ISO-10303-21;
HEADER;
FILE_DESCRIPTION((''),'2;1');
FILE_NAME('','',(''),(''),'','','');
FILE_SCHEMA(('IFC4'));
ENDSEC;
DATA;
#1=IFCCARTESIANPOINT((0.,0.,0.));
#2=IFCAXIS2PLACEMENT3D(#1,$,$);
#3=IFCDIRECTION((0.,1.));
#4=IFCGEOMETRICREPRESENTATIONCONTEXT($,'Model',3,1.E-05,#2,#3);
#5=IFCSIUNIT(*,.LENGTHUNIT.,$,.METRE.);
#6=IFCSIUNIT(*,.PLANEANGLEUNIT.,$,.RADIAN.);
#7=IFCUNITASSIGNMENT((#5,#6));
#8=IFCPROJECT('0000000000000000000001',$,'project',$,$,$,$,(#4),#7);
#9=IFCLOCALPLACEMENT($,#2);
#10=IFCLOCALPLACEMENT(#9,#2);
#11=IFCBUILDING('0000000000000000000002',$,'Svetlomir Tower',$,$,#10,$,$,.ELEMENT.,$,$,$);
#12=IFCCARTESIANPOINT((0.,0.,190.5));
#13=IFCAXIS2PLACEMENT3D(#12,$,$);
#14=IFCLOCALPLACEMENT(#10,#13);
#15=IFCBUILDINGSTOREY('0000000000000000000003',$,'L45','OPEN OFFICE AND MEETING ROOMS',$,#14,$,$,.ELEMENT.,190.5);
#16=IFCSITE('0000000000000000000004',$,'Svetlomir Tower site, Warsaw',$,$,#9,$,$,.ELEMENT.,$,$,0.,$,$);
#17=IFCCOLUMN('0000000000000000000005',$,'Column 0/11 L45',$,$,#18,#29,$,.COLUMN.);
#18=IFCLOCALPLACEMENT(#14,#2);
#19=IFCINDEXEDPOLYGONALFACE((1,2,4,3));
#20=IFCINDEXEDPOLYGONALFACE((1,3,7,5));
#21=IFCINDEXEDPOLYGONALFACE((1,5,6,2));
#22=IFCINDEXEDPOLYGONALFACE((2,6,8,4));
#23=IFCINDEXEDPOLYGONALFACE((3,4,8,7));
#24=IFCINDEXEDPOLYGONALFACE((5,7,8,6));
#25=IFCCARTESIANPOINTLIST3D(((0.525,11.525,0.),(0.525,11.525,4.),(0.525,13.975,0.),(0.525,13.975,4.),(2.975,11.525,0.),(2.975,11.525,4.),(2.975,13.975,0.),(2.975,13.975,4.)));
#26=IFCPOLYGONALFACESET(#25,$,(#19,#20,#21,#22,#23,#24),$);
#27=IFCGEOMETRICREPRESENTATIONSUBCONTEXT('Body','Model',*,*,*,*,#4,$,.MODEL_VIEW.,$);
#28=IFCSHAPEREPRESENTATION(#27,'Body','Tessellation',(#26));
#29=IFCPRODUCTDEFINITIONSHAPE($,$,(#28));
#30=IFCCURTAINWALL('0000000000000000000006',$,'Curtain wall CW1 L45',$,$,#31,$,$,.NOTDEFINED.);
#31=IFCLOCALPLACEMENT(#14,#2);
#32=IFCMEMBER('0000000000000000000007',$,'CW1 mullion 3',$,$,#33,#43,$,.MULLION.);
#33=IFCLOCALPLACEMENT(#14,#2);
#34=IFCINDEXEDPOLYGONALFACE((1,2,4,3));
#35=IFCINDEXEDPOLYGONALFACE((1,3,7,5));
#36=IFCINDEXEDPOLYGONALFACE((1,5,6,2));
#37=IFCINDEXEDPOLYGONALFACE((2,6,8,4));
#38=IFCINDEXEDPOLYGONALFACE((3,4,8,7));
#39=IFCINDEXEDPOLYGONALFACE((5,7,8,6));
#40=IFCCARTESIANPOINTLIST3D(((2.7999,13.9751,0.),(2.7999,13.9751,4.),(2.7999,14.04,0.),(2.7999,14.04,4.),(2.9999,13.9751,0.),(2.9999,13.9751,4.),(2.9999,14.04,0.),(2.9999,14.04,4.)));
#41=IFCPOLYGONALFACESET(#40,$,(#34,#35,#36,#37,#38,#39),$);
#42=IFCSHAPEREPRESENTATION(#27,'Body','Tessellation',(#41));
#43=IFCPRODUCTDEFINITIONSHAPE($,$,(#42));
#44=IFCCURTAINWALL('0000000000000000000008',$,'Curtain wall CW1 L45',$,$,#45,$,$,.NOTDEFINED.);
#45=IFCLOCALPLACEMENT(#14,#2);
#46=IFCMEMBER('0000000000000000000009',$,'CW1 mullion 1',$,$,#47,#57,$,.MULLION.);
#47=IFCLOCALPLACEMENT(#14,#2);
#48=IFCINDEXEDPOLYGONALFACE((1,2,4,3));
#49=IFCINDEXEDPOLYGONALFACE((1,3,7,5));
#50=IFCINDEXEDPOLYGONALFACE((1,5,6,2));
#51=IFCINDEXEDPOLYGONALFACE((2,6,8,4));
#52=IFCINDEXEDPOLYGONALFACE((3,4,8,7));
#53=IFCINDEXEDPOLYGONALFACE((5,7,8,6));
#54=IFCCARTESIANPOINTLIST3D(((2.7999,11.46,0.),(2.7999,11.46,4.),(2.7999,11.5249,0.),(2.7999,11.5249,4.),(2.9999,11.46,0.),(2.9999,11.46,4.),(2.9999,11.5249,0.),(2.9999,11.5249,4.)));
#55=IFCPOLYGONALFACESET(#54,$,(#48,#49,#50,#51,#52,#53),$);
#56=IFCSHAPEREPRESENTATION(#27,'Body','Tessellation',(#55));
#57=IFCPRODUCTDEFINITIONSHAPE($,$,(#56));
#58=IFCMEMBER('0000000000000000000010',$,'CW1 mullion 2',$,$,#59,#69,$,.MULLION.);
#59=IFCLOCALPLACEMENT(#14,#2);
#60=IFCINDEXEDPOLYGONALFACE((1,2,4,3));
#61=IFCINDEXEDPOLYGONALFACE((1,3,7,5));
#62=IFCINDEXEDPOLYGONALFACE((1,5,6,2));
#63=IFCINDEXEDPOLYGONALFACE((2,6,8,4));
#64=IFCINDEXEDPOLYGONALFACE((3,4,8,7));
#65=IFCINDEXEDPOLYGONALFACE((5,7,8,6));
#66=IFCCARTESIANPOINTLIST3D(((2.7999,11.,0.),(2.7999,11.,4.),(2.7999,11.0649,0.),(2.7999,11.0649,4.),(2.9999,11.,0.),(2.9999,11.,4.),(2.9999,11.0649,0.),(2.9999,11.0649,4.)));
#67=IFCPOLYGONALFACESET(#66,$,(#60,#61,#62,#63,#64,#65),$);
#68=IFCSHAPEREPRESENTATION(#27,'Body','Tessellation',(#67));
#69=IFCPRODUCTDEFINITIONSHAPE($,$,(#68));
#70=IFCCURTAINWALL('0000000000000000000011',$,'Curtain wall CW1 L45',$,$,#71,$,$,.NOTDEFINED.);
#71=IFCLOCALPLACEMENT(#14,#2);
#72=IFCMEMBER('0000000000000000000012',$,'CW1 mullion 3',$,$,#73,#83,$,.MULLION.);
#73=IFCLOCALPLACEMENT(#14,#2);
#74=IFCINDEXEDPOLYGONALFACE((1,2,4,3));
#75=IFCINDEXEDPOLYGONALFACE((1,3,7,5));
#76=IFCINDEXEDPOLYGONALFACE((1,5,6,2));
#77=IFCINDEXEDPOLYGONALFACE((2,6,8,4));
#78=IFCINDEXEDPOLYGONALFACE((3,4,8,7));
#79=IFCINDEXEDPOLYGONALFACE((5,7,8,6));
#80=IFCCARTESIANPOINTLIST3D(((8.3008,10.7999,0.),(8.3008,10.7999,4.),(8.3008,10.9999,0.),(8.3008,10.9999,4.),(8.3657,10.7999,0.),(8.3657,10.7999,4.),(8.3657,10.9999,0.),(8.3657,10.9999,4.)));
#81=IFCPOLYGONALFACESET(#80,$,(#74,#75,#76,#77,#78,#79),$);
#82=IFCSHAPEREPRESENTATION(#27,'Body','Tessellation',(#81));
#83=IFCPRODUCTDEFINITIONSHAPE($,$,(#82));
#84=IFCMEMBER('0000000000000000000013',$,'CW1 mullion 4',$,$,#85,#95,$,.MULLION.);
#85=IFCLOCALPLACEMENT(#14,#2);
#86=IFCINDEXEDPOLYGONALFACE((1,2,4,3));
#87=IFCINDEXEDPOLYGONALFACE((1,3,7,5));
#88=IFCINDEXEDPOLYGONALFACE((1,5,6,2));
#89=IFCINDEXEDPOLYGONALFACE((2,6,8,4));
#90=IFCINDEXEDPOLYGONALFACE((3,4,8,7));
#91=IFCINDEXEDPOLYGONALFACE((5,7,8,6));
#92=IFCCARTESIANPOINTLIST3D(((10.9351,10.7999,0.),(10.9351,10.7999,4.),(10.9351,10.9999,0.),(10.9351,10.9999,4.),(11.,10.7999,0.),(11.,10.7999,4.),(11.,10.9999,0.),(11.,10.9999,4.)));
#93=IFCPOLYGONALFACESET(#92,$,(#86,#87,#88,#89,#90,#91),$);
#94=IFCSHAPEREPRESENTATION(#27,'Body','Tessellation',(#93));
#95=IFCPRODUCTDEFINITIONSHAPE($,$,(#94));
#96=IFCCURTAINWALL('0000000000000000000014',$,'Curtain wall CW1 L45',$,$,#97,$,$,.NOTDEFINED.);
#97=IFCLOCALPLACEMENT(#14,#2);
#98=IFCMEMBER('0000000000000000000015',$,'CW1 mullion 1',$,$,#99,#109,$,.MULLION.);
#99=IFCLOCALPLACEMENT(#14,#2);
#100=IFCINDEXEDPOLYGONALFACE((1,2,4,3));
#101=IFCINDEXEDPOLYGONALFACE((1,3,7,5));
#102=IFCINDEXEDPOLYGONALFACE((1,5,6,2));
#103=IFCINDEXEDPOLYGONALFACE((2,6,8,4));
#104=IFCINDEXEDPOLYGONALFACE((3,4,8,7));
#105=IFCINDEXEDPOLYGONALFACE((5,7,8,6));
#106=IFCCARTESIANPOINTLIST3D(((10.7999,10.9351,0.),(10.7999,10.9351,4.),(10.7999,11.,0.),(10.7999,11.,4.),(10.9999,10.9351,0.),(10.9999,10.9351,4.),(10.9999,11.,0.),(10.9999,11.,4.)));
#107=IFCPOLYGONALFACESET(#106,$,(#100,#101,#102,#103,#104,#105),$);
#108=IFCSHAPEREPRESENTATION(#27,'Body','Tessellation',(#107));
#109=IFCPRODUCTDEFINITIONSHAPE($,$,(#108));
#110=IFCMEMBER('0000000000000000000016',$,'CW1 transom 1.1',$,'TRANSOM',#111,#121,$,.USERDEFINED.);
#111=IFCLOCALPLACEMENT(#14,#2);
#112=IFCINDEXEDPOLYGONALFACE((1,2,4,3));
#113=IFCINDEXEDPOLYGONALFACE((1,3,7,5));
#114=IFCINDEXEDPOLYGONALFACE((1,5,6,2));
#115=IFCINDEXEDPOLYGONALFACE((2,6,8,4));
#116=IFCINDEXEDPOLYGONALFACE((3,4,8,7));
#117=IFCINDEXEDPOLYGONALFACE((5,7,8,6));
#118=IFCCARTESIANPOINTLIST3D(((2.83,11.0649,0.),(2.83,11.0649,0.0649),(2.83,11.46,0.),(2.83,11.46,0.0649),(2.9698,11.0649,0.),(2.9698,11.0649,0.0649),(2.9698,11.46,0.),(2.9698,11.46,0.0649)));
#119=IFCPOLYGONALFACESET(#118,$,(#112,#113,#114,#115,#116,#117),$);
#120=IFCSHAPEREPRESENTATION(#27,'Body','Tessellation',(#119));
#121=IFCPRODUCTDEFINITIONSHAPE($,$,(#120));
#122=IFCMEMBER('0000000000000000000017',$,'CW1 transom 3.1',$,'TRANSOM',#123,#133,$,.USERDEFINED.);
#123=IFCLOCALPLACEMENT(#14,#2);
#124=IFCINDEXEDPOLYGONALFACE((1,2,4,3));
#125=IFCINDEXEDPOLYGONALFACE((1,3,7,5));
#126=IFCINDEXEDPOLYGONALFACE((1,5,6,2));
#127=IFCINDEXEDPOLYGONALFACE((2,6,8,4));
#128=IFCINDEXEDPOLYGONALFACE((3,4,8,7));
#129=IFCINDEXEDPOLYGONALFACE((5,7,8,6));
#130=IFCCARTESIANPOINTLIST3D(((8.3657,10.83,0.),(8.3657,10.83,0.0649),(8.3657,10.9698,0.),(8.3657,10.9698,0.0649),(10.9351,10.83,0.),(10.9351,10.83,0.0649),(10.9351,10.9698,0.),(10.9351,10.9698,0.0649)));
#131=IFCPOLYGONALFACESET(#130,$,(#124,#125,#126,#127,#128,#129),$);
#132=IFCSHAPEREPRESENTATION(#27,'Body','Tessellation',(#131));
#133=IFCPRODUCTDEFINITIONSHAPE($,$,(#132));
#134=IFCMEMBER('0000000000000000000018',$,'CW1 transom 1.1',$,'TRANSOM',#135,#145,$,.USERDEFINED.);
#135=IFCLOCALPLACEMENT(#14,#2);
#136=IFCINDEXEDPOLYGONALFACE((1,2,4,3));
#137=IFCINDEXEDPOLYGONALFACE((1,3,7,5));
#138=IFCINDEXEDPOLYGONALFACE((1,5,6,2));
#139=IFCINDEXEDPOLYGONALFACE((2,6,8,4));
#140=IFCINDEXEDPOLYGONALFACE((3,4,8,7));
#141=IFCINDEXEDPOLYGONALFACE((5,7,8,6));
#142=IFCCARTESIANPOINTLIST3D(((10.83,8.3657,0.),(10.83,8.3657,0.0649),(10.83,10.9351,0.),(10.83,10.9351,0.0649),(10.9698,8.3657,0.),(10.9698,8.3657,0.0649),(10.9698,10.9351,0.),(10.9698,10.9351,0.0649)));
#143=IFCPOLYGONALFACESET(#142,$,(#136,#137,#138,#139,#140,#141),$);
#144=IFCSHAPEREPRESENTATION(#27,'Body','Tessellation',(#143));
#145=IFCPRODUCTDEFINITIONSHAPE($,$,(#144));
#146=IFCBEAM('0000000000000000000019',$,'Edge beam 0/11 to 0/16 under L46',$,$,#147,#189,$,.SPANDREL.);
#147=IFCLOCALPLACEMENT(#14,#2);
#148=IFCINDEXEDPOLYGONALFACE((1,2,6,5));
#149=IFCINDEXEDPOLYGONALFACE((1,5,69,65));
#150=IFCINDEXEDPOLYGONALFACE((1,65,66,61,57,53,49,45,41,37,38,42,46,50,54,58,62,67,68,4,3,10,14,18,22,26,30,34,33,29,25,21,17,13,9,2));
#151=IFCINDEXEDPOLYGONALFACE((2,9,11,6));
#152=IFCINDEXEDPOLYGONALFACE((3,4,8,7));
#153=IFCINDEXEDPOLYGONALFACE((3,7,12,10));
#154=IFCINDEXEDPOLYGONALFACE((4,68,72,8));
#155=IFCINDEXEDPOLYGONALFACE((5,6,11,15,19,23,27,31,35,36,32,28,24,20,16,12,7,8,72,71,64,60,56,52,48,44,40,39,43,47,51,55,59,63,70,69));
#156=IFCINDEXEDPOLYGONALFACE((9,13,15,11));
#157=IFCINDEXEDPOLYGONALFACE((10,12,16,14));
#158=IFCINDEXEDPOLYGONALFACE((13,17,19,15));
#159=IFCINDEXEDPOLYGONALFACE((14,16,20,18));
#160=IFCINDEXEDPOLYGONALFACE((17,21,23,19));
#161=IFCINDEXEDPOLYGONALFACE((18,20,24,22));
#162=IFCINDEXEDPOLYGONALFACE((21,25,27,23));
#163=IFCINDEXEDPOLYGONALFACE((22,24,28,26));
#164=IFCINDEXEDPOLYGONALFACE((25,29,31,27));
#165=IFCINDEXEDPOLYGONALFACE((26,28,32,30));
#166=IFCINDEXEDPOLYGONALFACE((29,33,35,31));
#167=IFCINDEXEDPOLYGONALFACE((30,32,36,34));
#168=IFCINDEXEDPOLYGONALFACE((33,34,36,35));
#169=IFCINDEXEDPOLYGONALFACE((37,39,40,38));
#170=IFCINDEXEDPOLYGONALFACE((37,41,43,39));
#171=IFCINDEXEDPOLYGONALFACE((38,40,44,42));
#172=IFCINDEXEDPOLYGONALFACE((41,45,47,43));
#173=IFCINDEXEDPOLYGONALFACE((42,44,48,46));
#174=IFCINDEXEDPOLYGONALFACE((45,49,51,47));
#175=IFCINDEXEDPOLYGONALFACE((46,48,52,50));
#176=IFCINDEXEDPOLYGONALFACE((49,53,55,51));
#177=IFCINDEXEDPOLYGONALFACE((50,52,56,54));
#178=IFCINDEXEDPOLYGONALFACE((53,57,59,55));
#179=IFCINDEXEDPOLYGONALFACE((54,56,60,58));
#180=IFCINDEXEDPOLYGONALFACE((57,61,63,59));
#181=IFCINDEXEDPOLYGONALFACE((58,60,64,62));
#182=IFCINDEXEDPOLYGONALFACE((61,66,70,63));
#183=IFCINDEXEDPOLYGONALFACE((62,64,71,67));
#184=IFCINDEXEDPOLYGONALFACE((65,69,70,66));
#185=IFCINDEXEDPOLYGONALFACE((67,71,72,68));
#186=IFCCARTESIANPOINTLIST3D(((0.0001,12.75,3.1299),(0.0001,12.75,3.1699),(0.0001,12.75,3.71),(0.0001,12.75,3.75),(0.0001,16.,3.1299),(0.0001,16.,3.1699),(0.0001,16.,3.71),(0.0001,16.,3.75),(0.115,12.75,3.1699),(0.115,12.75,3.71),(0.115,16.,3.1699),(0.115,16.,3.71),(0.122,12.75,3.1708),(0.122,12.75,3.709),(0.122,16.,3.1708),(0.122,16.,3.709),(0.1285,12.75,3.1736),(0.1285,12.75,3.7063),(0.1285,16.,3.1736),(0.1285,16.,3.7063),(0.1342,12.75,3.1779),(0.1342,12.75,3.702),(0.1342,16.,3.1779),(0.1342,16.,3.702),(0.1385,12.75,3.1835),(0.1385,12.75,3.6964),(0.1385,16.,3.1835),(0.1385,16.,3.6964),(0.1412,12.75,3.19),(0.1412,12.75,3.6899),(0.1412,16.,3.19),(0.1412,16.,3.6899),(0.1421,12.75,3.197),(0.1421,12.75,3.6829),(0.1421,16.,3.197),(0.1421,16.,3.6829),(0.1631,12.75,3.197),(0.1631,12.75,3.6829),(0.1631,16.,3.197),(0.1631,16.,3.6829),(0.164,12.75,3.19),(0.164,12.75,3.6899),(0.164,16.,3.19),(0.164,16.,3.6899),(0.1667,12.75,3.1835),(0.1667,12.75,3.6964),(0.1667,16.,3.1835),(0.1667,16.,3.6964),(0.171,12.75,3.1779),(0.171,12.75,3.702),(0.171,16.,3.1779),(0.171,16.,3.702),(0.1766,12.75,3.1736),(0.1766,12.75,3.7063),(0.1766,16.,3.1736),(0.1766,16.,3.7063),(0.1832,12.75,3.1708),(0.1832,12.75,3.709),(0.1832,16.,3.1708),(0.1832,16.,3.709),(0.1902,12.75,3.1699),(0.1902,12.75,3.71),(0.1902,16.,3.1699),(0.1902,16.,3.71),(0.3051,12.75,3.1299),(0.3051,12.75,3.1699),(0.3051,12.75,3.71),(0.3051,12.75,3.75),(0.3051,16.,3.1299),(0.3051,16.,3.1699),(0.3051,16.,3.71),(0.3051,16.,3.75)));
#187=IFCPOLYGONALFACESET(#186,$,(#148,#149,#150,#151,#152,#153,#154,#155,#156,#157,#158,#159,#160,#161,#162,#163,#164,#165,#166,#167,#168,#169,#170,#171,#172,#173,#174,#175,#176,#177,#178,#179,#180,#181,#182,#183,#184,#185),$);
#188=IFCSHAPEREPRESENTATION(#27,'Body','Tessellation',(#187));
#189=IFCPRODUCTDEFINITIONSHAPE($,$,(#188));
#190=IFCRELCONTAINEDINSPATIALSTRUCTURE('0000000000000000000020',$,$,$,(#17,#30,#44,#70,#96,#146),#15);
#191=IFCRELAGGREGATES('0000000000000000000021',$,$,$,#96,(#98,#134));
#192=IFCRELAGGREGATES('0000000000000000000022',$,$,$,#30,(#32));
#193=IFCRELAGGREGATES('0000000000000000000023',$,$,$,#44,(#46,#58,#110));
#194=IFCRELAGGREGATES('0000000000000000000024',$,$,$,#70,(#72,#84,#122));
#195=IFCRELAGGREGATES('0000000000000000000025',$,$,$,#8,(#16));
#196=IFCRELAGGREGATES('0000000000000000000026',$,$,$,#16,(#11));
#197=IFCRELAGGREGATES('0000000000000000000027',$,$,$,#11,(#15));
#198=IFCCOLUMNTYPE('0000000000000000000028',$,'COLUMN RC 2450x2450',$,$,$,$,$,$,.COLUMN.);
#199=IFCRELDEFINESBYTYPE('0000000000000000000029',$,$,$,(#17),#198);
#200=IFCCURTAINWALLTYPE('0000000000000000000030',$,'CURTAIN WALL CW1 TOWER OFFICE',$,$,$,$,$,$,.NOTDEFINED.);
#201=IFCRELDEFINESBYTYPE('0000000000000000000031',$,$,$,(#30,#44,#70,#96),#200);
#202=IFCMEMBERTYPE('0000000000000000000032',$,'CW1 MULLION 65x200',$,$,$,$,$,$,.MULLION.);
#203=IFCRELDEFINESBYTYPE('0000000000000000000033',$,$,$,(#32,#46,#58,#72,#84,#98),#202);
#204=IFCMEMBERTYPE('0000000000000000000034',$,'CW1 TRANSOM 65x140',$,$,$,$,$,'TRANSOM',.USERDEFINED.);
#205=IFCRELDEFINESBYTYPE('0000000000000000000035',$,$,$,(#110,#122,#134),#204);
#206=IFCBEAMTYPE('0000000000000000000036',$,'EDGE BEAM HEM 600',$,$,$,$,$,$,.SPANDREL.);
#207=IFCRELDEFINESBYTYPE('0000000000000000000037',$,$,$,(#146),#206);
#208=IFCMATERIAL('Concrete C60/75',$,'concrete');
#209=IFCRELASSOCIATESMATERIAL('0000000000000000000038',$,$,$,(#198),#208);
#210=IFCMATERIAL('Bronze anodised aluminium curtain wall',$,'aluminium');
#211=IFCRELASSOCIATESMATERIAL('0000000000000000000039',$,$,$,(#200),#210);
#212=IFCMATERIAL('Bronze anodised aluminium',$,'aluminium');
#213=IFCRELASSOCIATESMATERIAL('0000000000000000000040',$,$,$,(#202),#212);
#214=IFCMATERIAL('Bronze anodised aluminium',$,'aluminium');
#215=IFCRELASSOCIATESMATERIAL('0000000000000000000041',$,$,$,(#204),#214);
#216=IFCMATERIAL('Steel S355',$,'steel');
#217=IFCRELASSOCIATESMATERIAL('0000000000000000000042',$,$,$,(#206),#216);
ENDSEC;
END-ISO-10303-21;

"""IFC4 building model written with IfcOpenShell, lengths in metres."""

from ifc_helpers import new_model, si_unit, direction, frame, origin, origin_2d, place, context, subcontext, project, spatial, rectangle, i_section, extrude, material, material_profile, profile_set, type_object, element, aggregate, save


model = new_model("IFC4")

# Units and contexts
model_context = context("Model", 3, precision=1e-05, world=origin(), true_north=direction((0.0, 1.0)))
body_context = subcontext(model_context, "Body", "Model", "MODEL_VIEW")
ifc_project = project(units=[si_unit("LENGTHUNIT", "METRE"), si_unit("PLANEANGLEUNIT", "RADIAN")], contexts=[model_context])

# Site, building, storey
site_placement = place(None, origin())
site = spatial("IfcSite", under=ifc_project, at=site_placement, Name="Svetlomir Tower site, Warsaw", CompositionType="ELEMENT", RefElevation=0.0)
building_placement = place(site_placement, origin())
building = spatial("IfcBuilding", under=site, at=building_placement, Name="Svetlomir Tower", CompositionType="ELEMENT")
storey_placement = place(building_placement, frame((0.0, 0.0, 190.5)))
storey = spatial("IfcBuildingStorey", under=building, at=storey_placement, Name="L45", Description="OPEN OFFICE AND MEETING ROOMS", CompositionType="ELEMENT", Elevation=190.5)

# Column
ifc_material_1 = material(Name="Concrete C60/75", Category="concrete")
ifc_material_profile_1 = material_profile(ifc_material_1, rectangle(XDim=2.45, YDim=2.45, at=origin_2d()), Name="RC 2450x2450")
ifc_profile_set_1 = profile_set([ifc_material_profile_1], Name="Concrete C60/75")
column_type = type_object("IfcColumnType", Name="COLUMN RC 2450x2450", PredefinedType="COLUMN", material=ifc_profile_set_1)
column_placement = place(storey_placement, frame((1.75, 12.75, 0.0), z_axis=(0.0, 0.0, 1.0), x_axis=(1.0, 0.0, 0.0)))
element("IfcColumn", 1, at=column_placement, inside=storey, type_object=column_type, Name="Column 0/11 L45", PredefinedType="COLUMN", context=body_context, shape_type="SweptSolid", body=[
    extrude(rectangle(XDim=2.45, YDim=2.45, at=origin_2d()), origin(), (0.0, 0.0, 1.0), 4.0),
])

# Curtain wall, member
ifc_material_2 = material(Name="Bronze anodised aluminium curtain wall", Category="aluminium")
curtain_wall_type = type_object("IfcCurtainWallType", Name="CURTAIN WALL CW1 TOWER OFFICE", PredefinedType="NOTDEFINED", material=ifc_material_2)
curtain_wall_1_placement = place(storey_placement, origin())
curtain_wall_1 = element("IfcCurtainWall", 2, at=curtain_wall_1_placement, inside=storey, type_object=curtain_wall_type, Name="Curtain wall CW1 L45", PredefinedType="NOTDEFINED")
ifc_material_3 = material(Name="Bronze anodised aluminium", Category="aluminium")
ifc_material_profile_2 = material_profile(ifc_material_3, rectangle(XDim=0.0649, YDim=0.2, at=origin_2d()), Name="AL 65x200")
ifc_profile_set_2 = profile_set([ifc_material_profile_2], Name="Bronze anodised aluminium 6063-T6")
member_type_1 = type_object("IfcMemberType", Name="CW1 MULLION 65x200", PredefinedType="MULLION", material=ifc_profile_set_2)
member_1_placement = place(storey_placement, frame((2.8999, 14.0076, 0.0), z_axis=(0.0, 0.0, 1.0), x_axis=(0.0, -1.0, 0.0)))
member_1 = element("IfcMember", 3, at=member_1_placement, type_object=member_type_1, Name="CW1 mullion 3", PredefinedType="MULLION", context=body_context, shape_type="SweptSolid", body=[
    extrude(rectangle(XDim=0.0649, YDim=0.2, at=origin_2d()), origin(), (0.0, 0.0, 1.0), 4.0),
])

# Curtain walls, members
curtain_wall_2_placement = place(storey_placement, origin())
curtain_wall_2 = element("IfcCurtainWall", 4, at=curtain_wall_2_placement, inside=storey, type_object=curtain_wall_type, Name="Curtain wall CW1 L45", PredefinedType="NOTDEFINED")
member_2_placement = place(storey_placement, frame((2.8999, 11.4924, 0.0), z_axis=(0.0, 0.0, 1.0), x_axis=(0.0, -1.0, 0.0)))
member_2 = element("IfcMember", 5, at=member_2_placement, type_object=member_type_1, Name="CW1 mullion 1", PredefinedType="MULLION", context=body_context, shape_type="SweptSolid", body=[
    extrude(rectangle(XDim=0.0649, YDim=0.2, at=origin_2d()), origin(), (0.0, 0.0, 1.0), 4.0),
])
member_3_placement = place(storey_placement, frame((2.8999, 11.0325, 0.0), z_axis=(0.0, 0.0, 1.0), x_axis=(0.0, -1.0, 0.0)))
member_3 = element("IfcMember", 6, at=member_3_placement, type_object=member_type_1, Name="CW1 mullion 2", PredefinedType="MULLION", context=body_context, shape_type="SweptSolid", body=[
    extrude(rectangle(XDim=0.0649, YDim=0.2, at=origin_2d()), origin(), (0.0, 0.0, 1.0), 4.0),
])
curtain_wall_3_placement = place(storey_placement, origin())
curtain_wall_3 = element("IfcCurtainWall", 7, at=curtain_wall_3_placement, inside=storey, type_object=curtain_wall_type, Name="Curtain wall CW1 L45", PredefinedType="NOTDEFINED")
member_4_placement = place(storey_placement, frame((8.3333, 10.8999, 0.0), z_axis=(0.0, 0.0, 1.0), x_axis=(1.0, 0.0, 0.0)))
member_4 = element("IfcMember", 8, at=member_4_placement, type_object=member_type_1, Name="CW1 mullion 3", PredefinedType="MULLION", context=body_context, shape_type="SweptSolid", body=[
    extrude(rectangle(XDim=0.0649, YDim=0.2, at=origin_2d()), origin(), (0.0, 0.0, 1.0), 4.0),
])
member_5_placement = place(storey_placement, frame((10.9675, 10.8999, 0.0), z_axis=(0.0, 0.0, 1.0), x_axis=(1.0, 0.0, 0.0)))
member_5 = element("IfcMember", 9, at=member_5_placement, type_object=member_type_1, Name="CW1 mullion 4", PredefinedType="MULLION", context=body_context, shape_type="SweptSolid", body=[
    extrude(rectangle(XDim=0.0649, YDim=0.2, at=origin_2d()), origin(), (0.0, 0.0, 1.0), 4.0),
])

# Curtain wall, member
curtain_wall_4_placement = place(storey_placement, origin())
curtain_wall_4 = element("IfcCurtainWall", 10, at=curtain_wall_4_placement, inside=storey, type_object=curtain_wall_type, Name="Curtain wall CW1 L45", PredefinedType="NOTDEFINED")
member_6_placement = place(storey_placement, frame((10.8999, 10.9675, 0.0), z_axis=(0.0, 0.0, 1.0), x_axis=(0.0, -1.0, 0.0)))
member_6 = element("IfcMember", 11, at=member_6_placement, type_object=member_type_1, Name="CW1 mullion 1", PredefinedType="MULLION", context=body_context, shape_type="SweptSolid", body=[
    extrude(rectangle(XDim=0.0649, YDim=0.2, at=origin_2d()), origin(), (0.0, 0.0, 1.0), 4.0),
])

# Members
ifc_material_4 = material(Name="Bronze anodised aluminium", Category="aluminium")
ifc_material_profile_3 = material_profile(ifc_material_4, rectangle(XDim=0.1399, YDim=0.0649, at=origin_2d()), Name="AL 140x65")
ifc_profile_set_3 = profile_set([ifc_material_profile_3], Name="Bronze anodised aluminium 6063-T6")
member_type_2 = type_object("IfcMemberType", Name="CW1 TRANSOM 65x140", ElementType="TRANSOM", PredefinedType="USERDEFINED", material=ifc_profile_set_3)
member_7_placement = place(storey_placement, frame((2.8999, 11.46, 0.0325), z_axis=(0.0, -1.0, 0.0), x_axis=(1.0, 0.0, 0.0)))
member_7 = element("IfcMember", 12, at=member_7_placement, type_object=member_type_2, Name="CW1 transom 1.1", ObjectType="TRANSOM", PredefinedType="USERDEFINED", context=body_context, shape_type="SweptSolid", body=[
    extrude(rectangle(XDim=0.1399, YDim=0.0649, at=origin_2d()), origin(), (0.0, 0.0, 1.0), 0.395),
])
member_8_placement = place(storey_placement, frame((8.3657, 10.8999, 0.0325), z_axis=(1.0, 0.0, 0.0), x_axis=(0.0, 1.0, 0.0)))
member_8 = element("IfcMember", 13, at=member_8_placement, type_object=member_type_2, Name="CW1 transom 3.1", ObjectType="TRANSOM", PredefinedType="USERDEFINED", context=body_context, shape_type="SweptSolid", body=[
    extrude(rectangle(XDim=0.1399, YDim=0.0649, at=origin_2d()), origin(), (0.0, 0.0, 1.0), 2.5693),
])
member_9_placement = place(storey_placement, frame((10.8999, 10.9351, 0.0325), z_axis=(0.0, -1.0, 0.0), x_axis=(1.0, 0.0, 0.0)))
member_9 = element("IfcMember", 14, at=member_9_placement, type_object=member_type_2, Name="CW1 transom 1.1", ObjectType="TRANSOM", PredefinedType="USERDEFINED", context=body_context, shape_type="SweptSolid", body=[
    extrude(rectangle(XDim=0.1399, YDim=0.0649, at=origin_2d()), origin(), (0.0, 0.0, 1.0), 2.5693),
])
aggregate(curtain_wall_4, [member_6, member_9])

# Beam
ifc_material_5 = material(Name="Steel S355", Category="steel")
ifc_material_profile_4 = material_profile(ifc_material_5, i_section(OverallWidth=0.3049, OverallDepth=0.6201, WebThickness=0.021, FlangeThickness=0.04, FilletRadius=0.0271, at=origin_2d()), Name="HEM 600")
ifc_profile_set_4 = profile_set([ifc_material_profile_4], Name="Steel S355")
beam_type_1 = type_object("IfcBeamType", Name="EDGE BEAM HEM 600", PredefinedType="SPANDREL", material=ifc_profile_set_4)
beam_1_placement = place(storey_placement, frame((0.1526, 12.75, 3.4399), z_axis=(0.0, 1.0, 0.0), x_axis=(-1.0, 0.0, 0.0)))
element("IfcBeam", 15, at=beam_1_placement, inside=storey, type_object=beam_type_1, Name="Edge beam 0/11 to 0/16 under L46", PredefinedType="SPANDREL", context=body_context, shape_type="SweptSolid", body=[
    extrude(i_section(OverallWidth=0.3049, OverallDepth=0.6201, WebThickness=0.021, FlangeThickness=0.04, FilletRadius=0.0271, at=origin_2d()), origin(), (0.0, 0.0, 1.0), 3.25),
])

aggregate(curtain_wall_1, [member_1])
aggregate(curtain_wall_2, [member_2, member_3, member_7])
aggregate(curtain_wall_3, [member_4, member_5, member_8])

save(model, "model.ifc")
